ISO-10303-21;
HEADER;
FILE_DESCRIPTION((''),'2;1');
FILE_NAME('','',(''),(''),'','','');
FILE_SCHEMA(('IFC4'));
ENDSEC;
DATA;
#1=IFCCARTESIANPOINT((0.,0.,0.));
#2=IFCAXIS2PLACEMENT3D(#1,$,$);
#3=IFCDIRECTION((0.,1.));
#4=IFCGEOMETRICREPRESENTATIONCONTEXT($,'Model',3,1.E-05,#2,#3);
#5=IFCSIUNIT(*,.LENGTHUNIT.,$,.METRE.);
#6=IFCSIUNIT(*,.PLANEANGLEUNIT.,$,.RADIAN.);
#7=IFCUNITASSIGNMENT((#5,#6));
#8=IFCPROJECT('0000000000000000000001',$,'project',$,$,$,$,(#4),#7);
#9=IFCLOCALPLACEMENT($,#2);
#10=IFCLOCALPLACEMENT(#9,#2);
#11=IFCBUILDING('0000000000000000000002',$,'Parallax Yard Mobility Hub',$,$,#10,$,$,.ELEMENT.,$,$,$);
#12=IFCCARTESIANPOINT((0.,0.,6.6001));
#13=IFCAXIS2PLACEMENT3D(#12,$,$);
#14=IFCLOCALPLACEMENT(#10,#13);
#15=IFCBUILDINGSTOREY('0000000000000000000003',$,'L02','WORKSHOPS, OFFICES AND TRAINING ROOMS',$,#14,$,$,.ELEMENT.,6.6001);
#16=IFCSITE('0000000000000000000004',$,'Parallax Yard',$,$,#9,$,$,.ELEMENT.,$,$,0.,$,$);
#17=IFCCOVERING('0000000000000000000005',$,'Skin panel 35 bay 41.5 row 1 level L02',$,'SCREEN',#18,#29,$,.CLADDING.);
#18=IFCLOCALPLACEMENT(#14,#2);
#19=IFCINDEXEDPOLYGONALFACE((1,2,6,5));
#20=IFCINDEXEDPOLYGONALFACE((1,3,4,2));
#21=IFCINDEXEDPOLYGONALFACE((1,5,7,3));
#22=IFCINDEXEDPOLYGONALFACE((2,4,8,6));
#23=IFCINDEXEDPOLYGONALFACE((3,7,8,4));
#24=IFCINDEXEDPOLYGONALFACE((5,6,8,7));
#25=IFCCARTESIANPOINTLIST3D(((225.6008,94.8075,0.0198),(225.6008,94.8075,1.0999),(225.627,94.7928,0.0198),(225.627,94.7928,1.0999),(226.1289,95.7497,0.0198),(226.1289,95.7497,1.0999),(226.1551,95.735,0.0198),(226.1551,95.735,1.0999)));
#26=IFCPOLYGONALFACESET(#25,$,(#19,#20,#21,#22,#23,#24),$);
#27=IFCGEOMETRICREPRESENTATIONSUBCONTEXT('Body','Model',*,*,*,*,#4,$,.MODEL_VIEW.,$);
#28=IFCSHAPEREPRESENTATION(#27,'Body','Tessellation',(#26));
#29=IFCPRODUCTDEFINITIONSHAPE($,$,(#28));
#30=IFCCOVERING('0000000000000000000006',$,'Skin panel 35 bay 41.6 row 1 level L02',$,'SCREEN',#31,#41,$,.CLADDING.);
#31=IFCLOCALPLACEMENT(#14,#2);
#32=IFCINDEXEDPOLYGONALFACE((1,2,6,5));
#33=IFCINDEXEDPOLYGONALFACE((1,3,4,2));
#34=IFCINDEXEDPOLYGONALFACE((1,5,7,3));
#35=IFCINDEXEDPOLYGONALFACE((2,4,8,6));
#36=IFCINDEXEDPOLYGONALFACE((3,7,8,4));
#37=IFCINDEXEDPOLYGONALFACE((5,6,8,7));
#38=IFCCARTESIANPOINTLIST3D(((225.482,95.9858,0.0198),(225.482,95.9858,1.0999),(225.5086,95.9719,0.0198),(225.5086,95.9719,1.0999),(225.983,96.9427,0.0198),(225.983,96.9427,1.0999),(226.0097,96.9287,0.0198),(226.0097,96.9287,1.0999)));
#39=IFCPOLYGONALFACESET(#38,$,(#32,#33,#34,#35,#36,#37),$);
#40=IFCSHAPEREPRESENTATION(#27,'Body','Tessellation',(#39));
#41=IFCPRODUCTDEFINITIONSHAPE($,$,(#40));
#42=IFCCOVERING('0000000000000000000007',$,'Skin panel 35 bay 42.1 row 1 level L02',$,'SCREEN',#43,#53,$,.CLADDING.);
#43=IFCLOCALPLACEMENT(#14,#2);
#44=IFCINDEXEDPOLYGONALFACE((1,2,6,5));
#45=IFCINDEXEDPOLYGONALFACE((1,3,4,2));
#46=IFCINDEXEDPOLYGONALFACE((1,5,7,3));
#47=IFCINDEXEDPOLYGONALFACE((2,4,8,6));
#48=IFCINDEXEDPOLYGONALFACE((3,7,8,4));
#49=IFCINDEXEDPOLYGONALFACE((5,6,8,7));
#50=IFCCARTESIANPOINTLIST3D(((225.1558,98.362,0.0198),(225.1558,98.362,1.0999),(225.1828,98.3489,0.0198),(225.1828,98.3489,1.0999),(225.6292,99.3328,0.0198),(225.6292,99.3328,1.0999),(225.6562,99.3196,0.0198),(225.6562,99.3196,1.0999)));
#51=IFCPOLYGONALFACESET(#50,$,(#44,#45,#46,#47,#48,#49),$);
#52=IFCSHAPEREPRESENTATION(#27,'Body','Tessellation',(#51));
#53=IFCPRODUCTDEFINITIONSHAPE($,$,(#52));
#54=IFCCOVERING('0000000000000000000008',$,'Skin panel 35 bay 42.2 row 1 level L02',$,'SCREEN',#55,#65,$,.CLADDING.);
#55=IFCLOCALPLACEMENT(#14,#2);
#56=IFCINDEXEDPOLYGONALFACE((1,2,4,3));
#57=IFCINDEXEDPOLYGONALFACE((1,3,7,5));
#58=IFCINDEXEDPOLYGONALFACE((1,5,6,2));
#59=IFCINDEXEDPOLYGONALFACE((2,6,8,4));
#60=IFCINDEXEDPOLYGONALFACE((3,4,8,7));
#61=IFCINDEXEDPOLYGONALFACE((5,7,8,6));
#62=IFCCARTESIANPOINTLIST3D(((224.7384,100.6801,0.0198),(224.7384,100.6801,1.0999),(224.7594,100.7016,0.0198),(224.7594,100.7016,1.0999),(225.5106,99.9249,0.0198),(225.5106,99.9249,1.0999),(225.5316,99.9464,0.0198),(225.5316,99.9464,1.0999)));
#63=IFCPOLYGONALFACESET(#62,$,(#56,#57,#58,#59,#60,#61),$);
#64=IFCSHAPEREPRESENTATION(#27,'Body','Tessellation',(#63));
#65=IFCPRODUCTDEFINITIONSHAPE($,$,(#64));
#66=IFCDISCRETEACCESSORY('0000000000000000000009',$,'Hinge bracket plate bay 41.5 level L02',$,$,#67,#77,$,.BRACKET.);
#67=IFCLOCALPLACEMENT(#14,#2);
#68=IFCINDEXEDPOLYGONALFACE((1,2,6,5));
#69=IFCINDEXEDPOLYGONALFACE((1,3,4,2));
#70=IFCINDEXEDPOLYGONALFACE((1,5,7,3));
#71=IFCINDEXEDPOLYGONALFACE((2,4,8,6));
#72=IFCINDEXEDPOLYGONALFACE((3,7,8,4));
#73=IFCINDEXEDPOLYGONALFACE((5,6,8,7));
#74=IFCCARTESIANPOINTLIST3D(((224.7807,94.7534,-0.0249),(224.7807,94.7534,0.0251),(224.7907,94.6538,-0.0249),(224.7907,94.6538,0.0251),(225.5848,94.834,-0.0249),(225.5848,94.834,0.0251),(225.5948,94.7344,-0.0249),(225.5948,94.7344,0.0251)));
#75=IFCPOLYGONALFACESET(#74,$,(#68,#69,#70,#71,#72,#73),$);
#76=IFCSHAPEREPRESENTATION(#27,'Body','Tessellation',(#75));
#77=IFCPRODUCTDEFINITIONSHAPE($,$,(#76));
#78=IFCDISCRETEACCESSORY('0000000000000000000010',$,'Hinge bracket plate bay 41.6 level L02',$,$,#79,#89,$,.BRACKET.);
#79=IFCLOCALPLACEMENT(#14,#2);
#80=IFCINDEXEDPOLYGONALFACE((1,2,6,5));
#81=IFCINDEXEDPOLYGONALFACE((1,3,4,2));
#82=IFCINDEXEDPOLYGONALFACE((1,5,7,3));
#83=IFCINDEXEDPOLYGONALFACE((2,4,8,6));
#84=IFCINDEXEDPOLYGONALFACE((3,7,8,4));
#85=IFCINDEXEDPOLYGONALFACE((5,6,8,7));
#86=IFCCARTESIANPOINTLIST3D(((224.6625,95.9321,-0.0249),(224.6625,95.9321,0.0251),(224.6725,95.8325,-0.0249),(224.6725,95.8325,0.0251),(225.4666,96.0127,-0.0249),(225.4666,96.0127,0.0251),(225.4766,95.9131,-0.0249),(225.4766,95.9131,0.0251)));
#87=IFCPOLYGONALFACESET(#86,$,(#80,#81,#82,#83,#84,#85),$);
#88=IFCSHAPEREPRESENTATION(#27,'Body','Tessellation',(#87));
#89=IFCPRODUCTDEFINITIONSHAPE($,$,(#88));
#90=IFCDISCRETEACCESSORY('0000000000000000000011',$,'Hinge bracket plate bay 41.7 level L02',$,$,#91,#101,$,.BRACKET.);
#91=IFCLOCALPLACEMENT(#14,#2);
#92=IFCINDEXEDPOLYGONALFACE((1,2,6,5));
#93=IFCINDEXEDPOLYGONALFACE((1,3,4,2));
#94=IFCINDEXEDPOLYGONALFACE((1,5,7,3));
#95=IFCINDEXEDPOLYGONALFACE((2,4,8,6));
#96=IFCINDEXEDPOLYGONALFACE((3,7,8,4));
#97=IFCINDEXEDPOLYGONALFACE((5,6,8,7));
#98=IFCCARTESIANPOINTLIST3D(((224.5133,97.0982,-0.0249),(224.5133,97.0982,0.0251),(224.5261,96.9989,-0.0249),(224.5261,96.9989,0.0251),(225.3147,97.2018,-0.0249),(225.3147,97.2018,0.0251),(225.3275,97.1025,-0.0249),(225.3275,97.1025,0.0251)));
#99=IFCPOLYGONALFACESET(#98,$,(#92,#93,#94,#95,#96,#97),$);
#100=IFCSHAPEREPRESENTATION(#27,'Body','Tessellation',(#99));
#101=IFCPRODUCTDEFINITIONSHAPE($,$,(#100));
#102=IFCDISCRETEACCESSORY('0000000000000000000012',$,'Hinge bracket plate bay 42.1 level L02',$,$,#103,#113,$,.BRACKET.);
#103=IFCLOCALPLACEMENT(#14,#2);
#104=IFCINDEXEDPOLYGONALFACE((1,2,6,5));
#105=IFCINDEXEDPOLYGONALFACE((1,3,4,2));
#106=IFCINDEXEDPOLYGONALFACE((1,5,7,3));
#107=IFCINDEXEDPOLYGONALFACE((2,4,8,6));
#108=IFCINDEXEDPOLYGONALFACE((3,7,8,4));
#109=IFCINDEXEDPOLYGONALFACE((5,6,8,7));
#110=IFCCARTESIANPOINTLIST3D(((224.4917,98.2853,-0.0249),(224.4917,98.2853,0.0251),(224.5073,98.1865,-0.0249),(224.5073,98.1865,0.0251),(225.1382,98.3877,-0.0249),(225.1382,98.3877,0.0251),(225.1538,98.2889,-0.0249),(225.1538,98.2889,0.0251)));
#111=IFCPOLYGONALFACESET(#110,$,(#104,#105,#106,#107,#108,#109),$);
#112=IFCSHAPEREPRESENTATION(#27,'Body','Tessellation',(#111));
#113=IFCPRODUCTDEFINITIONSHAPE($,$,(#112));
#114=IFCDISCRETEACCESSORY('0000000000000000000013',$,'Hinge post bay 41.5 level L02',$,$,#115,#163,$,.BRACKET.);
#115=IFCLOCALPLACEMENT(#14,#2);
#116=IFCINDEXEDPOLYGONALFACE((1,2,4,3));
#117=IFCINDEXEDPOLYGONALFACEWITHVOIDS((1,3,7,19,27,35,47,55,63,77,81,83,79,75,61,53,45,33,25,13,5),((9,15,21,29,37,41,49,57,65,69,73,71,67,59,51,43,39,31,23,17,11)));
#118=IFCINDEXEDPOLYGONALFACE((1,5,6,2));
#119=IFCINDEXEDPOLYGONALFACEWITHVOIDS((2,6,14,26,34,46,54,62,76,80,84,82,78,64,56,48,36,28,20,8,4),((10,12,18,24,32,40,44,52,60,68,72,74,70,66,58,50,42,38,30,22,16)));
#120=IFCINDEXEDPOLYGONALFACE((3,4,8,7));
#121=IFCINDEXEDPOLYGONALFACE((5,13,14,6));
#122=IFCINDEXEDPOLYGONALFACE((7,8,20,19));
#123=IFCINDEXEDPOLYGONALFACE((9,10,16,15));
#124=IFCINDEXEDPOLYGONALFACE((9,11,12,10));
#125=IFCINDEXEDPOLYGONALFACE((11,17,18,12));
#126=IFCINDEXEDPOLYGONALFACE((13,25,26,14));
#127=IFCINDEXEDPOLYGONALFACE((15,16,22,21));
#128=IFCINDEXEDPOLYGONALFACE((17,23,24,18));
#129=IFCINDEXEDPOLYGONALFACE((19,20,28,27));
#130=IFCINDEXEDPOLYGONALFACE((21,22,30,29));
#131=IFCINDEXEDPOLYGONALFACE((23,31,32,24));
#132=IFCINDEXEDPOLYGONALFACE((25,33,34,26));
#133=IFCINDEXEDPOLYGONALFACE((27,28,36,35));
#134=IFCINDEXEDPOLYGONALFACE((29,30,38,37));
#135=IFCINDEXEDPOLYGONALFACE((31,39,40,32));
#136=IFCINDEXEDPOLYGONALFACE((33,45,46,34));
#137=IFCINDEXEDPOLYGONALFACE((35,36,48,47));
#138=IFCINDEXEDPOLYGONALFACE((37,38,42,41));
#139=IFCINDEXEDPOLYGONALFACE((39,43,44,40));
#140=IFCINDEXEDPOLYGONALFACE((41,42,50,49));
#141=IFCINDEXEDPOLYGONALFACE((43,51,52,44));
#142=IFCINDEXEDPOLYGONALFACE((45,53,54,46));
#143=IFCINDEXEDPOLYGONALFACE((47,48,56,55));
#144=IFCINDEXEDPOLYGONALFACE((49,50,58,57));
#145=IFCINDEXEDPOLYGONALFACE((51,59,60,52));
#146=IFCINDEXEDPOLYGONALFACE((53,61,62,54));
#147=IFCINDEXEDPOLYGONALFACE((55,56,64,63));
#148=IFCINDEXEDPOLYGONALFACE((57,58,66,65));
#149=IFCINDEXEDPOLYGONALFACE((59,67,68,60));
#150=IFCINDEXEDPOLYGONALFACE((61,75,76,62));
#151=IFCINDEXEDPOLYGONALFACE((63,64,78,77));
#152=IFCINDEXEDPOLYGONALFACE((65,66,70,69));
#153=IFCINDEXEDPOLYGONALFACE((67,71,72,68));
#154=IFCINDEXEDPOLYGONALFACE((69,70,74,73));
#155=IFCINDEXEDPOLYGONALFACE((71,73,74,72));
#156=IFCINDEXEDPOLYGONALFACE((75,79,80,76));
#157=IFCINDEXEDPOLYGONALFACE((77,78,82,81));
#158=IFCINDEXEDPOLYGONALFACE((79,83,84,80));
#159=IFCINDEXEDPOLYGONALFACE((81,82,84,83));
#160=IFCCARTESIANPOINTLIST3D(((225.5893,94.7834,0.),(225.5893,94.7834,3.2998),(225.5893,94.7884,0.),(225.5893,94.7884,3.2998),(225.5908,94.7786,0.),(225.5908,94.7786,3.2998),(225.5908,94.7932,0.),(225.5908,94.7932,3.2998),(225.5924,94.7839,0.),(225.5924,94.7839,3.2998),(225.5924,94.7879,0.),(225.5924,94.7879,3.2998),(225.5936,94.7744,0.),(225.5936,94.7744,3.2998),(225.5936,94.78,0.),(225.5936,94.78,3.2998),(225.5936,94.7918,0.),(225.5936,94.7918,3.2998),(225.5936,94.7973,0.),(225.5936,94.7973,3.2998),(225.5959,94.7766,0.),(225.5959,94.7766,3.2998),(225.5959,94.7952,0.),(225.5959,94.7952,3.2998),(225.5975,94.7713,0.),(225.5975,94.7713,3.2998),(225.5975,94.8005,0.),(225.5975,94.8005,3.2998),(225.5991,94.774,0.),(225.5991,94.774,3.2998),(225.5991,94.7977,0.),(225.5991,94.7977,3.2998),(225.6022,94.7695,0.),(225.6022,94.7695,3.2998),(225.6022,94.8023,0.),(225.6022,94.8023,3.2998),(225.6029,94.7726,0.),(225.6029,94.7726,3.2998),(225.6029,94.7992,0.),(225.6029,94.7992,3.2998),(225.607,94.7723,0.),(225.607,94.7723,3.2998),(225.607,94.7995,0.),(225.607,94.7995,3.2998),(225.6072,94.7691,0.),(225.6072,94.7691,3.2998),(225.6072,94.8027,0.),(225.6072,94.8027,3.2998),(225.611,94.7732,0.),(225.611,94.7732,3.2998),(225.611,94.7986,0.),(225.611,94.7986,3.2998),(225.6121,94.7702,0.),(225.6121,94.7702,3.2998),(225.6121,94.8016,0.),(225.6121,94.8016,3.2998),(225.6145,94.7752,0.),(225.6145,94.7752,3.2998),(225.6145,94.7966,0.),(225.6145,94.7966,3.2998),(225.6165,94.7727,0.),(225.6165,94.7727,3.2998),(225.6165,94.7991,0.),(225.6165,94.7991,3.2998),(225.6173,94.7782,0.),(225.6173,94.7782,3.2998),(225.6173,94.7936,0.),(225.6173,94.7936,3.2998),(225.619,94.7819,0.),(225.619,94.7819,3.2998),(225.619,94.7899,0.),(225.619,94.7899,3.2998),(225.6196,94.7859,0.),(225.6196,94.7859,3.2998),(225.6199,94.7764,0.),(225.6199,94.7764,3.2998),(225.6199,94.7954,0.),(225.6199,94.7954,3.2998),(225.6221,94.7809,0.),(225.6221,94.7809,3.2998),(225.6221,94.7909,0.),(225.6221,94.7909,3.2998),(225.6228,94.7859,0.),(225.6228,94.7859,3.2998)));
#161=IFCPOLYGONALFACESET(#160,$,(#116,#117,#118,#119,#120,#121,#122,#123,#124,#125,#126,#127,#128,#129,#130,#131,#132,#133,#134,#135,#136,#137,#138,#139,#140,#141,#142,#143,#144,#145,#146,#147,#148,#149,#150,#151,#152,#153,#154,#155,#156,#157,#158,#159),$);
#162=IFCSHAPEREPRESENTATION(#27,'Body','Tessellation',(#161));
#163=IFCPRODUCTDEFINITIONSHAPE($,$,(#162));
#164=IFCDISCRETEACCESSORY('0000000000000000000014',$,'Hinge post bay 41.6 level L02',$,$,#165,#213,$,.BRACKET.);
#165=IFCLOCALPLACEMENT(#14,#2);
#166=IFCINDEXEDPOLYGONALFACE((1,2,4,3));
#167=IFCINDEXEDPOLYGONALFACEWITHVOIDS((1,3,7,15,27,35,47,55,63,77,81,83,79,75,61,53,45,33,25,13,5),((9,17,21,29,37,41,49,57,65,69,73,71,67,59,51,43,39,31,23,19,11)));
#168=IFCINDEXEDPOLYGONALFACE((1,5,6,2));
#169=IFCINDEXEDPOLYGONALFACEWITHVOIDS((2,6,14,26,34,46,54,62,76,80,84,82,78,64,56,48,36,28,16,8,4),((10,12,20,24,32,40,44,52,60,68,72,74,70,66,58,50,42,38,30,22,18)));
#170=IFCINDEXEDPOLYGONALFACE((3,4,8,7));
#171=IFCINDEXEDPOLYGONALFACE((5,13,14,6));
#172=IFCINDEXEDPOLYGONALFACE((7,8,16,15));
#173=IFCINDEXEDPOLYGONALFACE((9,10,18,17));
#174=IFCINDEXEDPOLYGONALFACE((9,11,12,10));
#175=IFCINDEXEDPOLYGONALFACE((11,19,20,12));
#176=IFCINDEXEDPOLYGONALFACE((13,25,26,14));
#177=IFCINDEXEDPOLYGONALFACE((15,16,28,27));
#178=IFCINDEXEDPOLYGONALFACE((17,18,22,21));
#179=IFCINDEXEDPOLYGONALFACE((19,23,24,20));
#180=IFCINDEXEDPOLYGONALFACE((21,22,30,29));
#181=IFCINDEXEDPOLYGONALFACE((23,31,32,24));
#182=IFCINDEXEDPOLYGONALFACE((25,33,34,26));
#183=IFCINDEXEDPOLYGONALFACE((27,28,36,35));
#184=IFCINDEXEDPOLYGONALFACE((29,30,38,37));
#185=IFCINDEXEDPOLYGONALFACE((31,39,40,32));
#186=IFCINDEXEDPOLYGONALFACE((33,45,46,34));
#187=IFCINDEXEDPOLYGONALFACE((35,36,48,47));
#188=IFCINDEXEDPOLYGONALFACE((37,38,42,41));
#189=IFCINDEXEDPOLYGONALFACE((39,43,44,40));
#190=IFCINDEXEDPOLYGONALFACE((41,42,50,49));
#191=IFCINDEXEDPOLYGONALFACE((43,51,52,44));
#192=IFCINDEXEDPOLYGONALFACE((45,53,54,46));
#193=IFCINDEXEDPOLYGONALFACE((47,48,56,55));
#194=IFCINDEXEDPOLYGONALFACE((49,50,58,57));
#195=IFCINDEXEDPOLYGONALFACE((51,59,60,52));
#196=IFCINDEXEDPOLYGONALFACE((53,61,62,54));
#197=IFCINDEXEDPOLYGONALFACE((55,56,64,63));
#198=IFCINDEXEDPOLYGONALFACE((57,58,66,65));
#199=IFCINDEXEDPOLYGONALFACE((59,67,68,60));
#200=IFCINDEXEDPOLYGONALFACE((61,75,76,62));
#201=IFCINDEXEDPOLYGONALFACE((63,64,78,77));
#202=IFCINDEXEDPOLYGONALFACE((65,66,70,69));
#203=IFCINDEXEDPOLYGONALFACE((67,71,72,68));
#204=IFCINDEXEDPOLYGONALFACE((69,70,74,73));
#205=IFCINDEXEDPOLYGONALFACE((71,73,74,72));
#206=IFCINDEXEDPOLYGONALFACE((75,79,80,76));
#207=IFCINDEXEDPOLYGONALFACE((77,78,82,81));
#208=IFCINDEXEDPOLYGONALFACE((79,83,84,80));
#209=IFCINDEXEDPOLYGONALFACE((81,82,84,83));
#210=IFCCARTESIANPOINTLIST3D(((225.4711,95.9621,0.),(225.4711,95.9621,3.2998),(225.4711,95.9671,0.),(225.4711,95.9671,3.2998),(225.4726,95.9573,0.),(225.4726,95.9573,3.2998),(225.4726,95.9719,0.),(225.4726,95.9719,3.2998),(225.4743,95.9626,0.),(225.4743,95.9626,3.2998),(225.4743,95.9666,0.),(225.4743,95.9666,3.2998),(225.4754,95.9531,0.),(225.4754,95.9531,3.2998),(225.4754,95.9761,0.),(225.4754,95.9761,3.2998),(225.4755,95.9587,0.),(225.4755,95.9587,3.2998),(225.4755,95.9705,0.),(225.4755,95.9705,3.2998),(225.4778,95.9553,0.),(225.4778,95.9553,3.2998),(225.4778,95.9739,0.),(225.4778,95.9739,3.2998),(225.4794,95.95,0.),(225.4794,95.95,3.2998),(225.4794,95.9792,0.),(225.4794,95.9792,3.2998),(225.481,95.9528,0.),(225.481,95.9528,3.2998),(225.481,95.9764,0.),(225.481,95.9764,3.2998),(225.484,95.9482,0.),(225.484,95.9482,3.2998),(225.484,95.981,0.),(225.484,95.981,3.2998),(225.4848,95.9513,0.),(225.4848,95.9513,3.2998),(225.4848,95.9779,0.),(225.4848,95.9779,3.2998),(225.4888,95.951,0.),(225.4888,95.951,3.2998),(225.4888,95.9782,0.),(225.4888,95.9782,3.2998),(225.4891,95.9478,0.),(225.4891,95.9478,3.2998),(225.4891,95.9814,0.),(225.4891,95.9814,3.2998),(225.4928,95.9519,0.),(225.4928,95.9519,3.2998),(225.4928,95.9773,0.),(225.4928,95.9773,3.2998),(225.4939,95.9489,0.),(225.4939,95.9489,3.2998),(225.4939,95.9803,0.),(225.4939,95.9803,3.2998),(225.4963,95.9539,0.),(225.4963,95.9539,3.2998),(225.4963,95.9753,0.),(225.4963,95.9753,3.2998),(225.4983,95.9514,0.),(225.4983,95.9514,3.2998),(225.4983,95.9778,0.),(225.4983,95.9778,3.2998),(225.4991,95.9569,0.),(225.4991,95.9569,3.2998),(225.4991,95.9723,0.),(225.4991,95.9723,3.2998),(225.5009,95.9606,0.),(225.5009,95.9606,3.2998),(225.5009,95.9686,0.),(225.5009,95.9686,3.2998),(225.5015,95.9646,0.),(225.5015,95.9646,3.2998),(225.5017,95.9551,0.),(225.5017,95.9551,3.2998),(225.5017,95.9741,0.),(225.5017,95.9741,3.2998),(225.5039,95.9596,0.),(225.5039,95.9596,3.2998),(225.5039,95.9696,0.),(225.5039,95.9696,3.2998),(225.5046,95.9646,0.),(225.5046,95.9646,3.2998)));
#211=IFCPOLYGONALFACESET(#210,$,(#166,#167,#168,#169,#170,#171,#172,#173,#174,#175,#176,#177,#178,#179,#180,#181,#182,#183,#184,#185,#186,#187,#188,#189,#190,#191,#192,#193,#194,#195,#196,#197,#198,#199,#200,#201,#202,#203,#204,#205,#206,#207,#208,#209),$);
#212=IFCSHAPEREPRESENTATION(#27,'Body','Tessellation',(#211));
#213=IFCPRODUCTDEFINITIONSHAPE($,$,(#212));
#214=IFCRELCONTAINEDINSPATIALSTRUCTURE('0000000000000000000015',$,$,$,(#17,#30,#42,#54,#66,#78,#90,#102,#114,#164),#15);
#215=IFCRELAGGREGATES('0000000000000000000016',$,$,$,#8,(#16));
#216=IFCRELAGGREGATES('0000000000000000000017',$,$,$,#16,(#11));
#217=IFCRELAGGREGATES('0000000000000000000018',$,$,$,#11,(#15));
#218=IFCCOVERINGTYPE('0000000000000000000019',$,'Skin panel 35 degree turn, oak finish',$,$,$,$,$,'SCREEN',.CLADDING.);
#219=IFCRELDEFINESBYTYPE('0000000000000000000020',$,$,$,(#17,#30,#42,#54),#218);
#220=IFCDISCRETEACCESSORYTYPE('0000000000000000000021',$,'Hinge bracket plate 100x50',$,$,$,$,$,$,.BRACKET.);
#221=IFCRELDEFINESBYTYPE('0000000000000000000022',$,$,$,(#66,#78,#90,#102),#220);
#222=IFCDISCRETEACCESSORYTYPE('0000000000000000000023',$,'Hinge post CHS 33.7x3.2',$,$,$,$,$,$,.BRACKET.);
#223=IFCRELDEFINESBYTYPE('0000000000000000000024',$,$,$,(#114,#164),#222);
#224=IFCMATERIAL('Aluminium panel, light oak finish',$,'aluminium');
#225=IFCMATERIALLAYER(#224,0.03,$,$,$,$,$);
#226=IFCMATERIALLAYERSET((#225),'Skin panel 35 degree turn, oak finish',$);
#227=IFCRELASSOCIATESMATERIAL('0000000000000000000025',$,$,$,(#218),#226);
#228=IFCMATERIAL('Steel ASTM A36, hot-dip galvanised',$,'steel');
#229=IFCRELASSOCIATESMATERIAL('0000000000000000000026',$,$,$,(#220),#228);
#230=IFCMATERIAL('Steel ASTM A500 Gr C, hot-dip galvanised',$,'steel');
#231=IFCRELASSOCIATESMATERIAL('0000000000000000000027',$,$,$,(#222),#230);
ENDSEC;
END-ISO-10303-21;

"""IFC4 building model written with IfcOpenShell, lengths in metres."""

from ifc_helpers import new_model, si_unit, direction, frame, origin, origin_2d, place, context, subcontext, project, spatial, rectangle, hollow_circle, extrude, material, layer, layer_set, material_profile, profile_set, type_object, element, save


model = new_model("IFC4")

# Units and contexts
model_context = context("Model", 3, precision=1e-05, world=origin(), true_north=direction((0.0, 1.0)))
body_context = subcontext(model_context, "Body", "Model", "MODEL_VIEW")
ifc_project = project(units=[si_unit("LENGTHUNIT", "METRE"), si_unit("PLANEANGLEUNIT", "RADIAN")], contexts=[model_context])

# Site, building, storey
site_placement = place(None, origin())
site = spatial("IfcSite", under=ifc_project, at=site_placement, Name="Parallax Yard", CompositionType="ELEMENT", RefElevation=0.0)
building_placement = place(site_placement, origin())
building = spatial("IfcBuilding", under=site, at=building_placement, Name="Parallax Yard Mobility Hub", CompositionType="ELEMENT")
storey_placement = place(building_placement, frame((0.0, 0.0, 6.6001)))
storey = spatial("IfcBuildingStorey", under=building, at=storey_placement, Name="L02", Description="WORKSHOPS, OFFICES AND TRAINING ROOMS", CompositionType="ELEMENT", Elevation=6.6001)

# Coverings
ifc_material_1 = material(Name="Aluminium panel, light oak finish", Category="aluminium")
ifc_layer_1 = layer(ifc_material_1, 0.03)
ifc_layer_set_1 = layer_set([ifc_layer_1], Name="Skin panel 35 degree turn, oak finish")
covering_type_1 = type_object("IfcCoveringType", Name="Skin panel 35 degree turn, oak finish", ElementType="SCREEN", PredefinedType="CLADDING", material=ifc_layer_set_1)
for number, where, z_axis, x_axis, name in (
    (1, (225.8779, 95.2712, 0.0198), (0.0, 0.0, 1.0), (0.488967, 0.872302, 0.0), "Skin panel 35 bay 41.5 row 1 level L02"),
    (2, (225.7458, 96.4573, 0.0198), (0.0, 0.0, 1.0), (0.463859, 0.885909, 0.0), "Skin panel 35 bay 41.6 row 1 level L02"),
    (3, (225.406, 98.8408, 0.0198), (0.0, 0.0, 1.0), (0.438371, 0.898794, 0.0), "Skin panel 35 bay 42.1 row 1 level L02"),
    (4, (225.135, 100.3132, 0.0198), (0.0, 0.0, 1.0), (0.714917, -0.699209, 0.0), "Skin panel 35 bay 42.2 row 1 level L02"),
):
    element("IfcCovering", number, at=place(storey_placement, frame(where, z_axis=z_axis, x_axis=x_axis)), inside=storey, type_object=covering_type_1, Name=name, ObjectType="SCREEN", PredefinedType="CLADDING", context=body_context, shape_type="SweptSolid", body=[
        extrude(rectangle(XDim=1.0801, YDim=0.03, at=origin_2d()), origin(), (0.0, 0.0, 1.0), 1.0801),
    ])

# Discrete accessories
ifc_material_2 = material(Name="Steel ASTM A36, hot-dip galvanised", Category="steel")
discrete_accessory_type_1 = type_object("IfcDiscreteAccessoryType", Name="Hinge bracket plate 100x50", PredefinedType="BRACKET", material=ifc_material_2)
for number, where, z_axis, x_axis, name in (
    (5, (225.1877, 94.7439, -0.0249), (0.0, 0.0, 1.0), (0.995008, 0.099794, 0.0), "Hinge bracket plate bay 41.5 level L02"),
    (6, (225.0696, 95.9226, -0.0249), (0.0, 0.0, 1.0), (0.995008, 0.099794, 0.0), "Hinge bracket plate bay 41.6 level L02"),
    (7, (224.9204, 97.1003, -0.0249), (0.0, 0.0, 1.0), (0.991753, 0.128166, 0.0), "Hinge bracket plate bay 41.7 level L02"),
):
    element("IfcDiscreteAccessory", number, at=place(storey_placement, frame(where, z_axis=z_axis, x_axis=x_axis)), inside=storey, type_object=discrete_accessory_type_1, Name=name, PredefinedType="BRACKET", context=body_context, shape_type="SweptSolid", body=[
        extrude(rectangle(XDim=0.8081, YDim=0.1001, at=origin_2d()), origin(), (0.0, 0.0, 1.0), 0.05),
    ])
discrete_accessory_placement = place(storey_placement, frame((224.8228, 98.2871, -0.0249), z_axis=(0.0, 0.0, 1.0), x_axis=(0.987688, 0.156434, 0.0)))
element("IfcDiscreteAccessory", 8, at=discrete_accessory_placement, inside=storey, type_object=discrete_accessory_type_1, Name="Hinge bracket plate bay 42.1 level L02", PredefinedType="BRACKET", context=body_context, shape_type="SweptSolid", body=[
    extrude(rectangle(XDim=0.6545, YDim=0.1001, at=origin_2d()), origin(), (0.0, 0.0, 1.0), 0.05),
])
ifc_material_3 = material(Name="Steel ASTM A500 Gr C, hot-dip galvanised", Category="steel")
ifc_material_profile = material_profile(ifc_material_3, hollow_circle(Radius=0.0168, WallThickness=0.0032, at=origin_2d()), Name="CHS 33.7x3.2")
ifc_profile_set = profile_set([ifc_material_profile], Name="Steel ASTM A500 Gr C, hot-dip galvanised")
discrete_accessory_type_2 = type_object("IfcDiscreteAccessoryType", Name="Hinge post CHS 33.7x3.2", PredefinedType="BRACKET", material=ifc_profile_set)
for number, where, z_axis, x_axis, name in (
    (9, (225.606, 94.7859, 0.0), (0.0, 0.0, 1.0), (1.0, 0.0, 0.0), "Hinge post bay 41.5 level L02"),
    (10, (225.4878, 95.9646, 0.0), (0.0, 0.0, 1.0), (1.0, 0.0, 0.0), "Hinge post bay 41.6 level L02"),
):
    element("IfcDiscreteAccessory", number, at=place(storey_placement, frame(where, z_axis=z_axis, x_axis=x_axis)), inside=storey, type_object=discrete_accessory_type_2, Name=name, PredefinedType="BRACKET", context=body_context, shape_type="SweptSolid", body=[
        extrude(hollow_circle(Radius=0.0168, WallThickness=0.0032, at=origin_2d()), origin(), (0.0, 0.0, 1.0), 3.2998),
    ])

save(model, "model.ifc")
